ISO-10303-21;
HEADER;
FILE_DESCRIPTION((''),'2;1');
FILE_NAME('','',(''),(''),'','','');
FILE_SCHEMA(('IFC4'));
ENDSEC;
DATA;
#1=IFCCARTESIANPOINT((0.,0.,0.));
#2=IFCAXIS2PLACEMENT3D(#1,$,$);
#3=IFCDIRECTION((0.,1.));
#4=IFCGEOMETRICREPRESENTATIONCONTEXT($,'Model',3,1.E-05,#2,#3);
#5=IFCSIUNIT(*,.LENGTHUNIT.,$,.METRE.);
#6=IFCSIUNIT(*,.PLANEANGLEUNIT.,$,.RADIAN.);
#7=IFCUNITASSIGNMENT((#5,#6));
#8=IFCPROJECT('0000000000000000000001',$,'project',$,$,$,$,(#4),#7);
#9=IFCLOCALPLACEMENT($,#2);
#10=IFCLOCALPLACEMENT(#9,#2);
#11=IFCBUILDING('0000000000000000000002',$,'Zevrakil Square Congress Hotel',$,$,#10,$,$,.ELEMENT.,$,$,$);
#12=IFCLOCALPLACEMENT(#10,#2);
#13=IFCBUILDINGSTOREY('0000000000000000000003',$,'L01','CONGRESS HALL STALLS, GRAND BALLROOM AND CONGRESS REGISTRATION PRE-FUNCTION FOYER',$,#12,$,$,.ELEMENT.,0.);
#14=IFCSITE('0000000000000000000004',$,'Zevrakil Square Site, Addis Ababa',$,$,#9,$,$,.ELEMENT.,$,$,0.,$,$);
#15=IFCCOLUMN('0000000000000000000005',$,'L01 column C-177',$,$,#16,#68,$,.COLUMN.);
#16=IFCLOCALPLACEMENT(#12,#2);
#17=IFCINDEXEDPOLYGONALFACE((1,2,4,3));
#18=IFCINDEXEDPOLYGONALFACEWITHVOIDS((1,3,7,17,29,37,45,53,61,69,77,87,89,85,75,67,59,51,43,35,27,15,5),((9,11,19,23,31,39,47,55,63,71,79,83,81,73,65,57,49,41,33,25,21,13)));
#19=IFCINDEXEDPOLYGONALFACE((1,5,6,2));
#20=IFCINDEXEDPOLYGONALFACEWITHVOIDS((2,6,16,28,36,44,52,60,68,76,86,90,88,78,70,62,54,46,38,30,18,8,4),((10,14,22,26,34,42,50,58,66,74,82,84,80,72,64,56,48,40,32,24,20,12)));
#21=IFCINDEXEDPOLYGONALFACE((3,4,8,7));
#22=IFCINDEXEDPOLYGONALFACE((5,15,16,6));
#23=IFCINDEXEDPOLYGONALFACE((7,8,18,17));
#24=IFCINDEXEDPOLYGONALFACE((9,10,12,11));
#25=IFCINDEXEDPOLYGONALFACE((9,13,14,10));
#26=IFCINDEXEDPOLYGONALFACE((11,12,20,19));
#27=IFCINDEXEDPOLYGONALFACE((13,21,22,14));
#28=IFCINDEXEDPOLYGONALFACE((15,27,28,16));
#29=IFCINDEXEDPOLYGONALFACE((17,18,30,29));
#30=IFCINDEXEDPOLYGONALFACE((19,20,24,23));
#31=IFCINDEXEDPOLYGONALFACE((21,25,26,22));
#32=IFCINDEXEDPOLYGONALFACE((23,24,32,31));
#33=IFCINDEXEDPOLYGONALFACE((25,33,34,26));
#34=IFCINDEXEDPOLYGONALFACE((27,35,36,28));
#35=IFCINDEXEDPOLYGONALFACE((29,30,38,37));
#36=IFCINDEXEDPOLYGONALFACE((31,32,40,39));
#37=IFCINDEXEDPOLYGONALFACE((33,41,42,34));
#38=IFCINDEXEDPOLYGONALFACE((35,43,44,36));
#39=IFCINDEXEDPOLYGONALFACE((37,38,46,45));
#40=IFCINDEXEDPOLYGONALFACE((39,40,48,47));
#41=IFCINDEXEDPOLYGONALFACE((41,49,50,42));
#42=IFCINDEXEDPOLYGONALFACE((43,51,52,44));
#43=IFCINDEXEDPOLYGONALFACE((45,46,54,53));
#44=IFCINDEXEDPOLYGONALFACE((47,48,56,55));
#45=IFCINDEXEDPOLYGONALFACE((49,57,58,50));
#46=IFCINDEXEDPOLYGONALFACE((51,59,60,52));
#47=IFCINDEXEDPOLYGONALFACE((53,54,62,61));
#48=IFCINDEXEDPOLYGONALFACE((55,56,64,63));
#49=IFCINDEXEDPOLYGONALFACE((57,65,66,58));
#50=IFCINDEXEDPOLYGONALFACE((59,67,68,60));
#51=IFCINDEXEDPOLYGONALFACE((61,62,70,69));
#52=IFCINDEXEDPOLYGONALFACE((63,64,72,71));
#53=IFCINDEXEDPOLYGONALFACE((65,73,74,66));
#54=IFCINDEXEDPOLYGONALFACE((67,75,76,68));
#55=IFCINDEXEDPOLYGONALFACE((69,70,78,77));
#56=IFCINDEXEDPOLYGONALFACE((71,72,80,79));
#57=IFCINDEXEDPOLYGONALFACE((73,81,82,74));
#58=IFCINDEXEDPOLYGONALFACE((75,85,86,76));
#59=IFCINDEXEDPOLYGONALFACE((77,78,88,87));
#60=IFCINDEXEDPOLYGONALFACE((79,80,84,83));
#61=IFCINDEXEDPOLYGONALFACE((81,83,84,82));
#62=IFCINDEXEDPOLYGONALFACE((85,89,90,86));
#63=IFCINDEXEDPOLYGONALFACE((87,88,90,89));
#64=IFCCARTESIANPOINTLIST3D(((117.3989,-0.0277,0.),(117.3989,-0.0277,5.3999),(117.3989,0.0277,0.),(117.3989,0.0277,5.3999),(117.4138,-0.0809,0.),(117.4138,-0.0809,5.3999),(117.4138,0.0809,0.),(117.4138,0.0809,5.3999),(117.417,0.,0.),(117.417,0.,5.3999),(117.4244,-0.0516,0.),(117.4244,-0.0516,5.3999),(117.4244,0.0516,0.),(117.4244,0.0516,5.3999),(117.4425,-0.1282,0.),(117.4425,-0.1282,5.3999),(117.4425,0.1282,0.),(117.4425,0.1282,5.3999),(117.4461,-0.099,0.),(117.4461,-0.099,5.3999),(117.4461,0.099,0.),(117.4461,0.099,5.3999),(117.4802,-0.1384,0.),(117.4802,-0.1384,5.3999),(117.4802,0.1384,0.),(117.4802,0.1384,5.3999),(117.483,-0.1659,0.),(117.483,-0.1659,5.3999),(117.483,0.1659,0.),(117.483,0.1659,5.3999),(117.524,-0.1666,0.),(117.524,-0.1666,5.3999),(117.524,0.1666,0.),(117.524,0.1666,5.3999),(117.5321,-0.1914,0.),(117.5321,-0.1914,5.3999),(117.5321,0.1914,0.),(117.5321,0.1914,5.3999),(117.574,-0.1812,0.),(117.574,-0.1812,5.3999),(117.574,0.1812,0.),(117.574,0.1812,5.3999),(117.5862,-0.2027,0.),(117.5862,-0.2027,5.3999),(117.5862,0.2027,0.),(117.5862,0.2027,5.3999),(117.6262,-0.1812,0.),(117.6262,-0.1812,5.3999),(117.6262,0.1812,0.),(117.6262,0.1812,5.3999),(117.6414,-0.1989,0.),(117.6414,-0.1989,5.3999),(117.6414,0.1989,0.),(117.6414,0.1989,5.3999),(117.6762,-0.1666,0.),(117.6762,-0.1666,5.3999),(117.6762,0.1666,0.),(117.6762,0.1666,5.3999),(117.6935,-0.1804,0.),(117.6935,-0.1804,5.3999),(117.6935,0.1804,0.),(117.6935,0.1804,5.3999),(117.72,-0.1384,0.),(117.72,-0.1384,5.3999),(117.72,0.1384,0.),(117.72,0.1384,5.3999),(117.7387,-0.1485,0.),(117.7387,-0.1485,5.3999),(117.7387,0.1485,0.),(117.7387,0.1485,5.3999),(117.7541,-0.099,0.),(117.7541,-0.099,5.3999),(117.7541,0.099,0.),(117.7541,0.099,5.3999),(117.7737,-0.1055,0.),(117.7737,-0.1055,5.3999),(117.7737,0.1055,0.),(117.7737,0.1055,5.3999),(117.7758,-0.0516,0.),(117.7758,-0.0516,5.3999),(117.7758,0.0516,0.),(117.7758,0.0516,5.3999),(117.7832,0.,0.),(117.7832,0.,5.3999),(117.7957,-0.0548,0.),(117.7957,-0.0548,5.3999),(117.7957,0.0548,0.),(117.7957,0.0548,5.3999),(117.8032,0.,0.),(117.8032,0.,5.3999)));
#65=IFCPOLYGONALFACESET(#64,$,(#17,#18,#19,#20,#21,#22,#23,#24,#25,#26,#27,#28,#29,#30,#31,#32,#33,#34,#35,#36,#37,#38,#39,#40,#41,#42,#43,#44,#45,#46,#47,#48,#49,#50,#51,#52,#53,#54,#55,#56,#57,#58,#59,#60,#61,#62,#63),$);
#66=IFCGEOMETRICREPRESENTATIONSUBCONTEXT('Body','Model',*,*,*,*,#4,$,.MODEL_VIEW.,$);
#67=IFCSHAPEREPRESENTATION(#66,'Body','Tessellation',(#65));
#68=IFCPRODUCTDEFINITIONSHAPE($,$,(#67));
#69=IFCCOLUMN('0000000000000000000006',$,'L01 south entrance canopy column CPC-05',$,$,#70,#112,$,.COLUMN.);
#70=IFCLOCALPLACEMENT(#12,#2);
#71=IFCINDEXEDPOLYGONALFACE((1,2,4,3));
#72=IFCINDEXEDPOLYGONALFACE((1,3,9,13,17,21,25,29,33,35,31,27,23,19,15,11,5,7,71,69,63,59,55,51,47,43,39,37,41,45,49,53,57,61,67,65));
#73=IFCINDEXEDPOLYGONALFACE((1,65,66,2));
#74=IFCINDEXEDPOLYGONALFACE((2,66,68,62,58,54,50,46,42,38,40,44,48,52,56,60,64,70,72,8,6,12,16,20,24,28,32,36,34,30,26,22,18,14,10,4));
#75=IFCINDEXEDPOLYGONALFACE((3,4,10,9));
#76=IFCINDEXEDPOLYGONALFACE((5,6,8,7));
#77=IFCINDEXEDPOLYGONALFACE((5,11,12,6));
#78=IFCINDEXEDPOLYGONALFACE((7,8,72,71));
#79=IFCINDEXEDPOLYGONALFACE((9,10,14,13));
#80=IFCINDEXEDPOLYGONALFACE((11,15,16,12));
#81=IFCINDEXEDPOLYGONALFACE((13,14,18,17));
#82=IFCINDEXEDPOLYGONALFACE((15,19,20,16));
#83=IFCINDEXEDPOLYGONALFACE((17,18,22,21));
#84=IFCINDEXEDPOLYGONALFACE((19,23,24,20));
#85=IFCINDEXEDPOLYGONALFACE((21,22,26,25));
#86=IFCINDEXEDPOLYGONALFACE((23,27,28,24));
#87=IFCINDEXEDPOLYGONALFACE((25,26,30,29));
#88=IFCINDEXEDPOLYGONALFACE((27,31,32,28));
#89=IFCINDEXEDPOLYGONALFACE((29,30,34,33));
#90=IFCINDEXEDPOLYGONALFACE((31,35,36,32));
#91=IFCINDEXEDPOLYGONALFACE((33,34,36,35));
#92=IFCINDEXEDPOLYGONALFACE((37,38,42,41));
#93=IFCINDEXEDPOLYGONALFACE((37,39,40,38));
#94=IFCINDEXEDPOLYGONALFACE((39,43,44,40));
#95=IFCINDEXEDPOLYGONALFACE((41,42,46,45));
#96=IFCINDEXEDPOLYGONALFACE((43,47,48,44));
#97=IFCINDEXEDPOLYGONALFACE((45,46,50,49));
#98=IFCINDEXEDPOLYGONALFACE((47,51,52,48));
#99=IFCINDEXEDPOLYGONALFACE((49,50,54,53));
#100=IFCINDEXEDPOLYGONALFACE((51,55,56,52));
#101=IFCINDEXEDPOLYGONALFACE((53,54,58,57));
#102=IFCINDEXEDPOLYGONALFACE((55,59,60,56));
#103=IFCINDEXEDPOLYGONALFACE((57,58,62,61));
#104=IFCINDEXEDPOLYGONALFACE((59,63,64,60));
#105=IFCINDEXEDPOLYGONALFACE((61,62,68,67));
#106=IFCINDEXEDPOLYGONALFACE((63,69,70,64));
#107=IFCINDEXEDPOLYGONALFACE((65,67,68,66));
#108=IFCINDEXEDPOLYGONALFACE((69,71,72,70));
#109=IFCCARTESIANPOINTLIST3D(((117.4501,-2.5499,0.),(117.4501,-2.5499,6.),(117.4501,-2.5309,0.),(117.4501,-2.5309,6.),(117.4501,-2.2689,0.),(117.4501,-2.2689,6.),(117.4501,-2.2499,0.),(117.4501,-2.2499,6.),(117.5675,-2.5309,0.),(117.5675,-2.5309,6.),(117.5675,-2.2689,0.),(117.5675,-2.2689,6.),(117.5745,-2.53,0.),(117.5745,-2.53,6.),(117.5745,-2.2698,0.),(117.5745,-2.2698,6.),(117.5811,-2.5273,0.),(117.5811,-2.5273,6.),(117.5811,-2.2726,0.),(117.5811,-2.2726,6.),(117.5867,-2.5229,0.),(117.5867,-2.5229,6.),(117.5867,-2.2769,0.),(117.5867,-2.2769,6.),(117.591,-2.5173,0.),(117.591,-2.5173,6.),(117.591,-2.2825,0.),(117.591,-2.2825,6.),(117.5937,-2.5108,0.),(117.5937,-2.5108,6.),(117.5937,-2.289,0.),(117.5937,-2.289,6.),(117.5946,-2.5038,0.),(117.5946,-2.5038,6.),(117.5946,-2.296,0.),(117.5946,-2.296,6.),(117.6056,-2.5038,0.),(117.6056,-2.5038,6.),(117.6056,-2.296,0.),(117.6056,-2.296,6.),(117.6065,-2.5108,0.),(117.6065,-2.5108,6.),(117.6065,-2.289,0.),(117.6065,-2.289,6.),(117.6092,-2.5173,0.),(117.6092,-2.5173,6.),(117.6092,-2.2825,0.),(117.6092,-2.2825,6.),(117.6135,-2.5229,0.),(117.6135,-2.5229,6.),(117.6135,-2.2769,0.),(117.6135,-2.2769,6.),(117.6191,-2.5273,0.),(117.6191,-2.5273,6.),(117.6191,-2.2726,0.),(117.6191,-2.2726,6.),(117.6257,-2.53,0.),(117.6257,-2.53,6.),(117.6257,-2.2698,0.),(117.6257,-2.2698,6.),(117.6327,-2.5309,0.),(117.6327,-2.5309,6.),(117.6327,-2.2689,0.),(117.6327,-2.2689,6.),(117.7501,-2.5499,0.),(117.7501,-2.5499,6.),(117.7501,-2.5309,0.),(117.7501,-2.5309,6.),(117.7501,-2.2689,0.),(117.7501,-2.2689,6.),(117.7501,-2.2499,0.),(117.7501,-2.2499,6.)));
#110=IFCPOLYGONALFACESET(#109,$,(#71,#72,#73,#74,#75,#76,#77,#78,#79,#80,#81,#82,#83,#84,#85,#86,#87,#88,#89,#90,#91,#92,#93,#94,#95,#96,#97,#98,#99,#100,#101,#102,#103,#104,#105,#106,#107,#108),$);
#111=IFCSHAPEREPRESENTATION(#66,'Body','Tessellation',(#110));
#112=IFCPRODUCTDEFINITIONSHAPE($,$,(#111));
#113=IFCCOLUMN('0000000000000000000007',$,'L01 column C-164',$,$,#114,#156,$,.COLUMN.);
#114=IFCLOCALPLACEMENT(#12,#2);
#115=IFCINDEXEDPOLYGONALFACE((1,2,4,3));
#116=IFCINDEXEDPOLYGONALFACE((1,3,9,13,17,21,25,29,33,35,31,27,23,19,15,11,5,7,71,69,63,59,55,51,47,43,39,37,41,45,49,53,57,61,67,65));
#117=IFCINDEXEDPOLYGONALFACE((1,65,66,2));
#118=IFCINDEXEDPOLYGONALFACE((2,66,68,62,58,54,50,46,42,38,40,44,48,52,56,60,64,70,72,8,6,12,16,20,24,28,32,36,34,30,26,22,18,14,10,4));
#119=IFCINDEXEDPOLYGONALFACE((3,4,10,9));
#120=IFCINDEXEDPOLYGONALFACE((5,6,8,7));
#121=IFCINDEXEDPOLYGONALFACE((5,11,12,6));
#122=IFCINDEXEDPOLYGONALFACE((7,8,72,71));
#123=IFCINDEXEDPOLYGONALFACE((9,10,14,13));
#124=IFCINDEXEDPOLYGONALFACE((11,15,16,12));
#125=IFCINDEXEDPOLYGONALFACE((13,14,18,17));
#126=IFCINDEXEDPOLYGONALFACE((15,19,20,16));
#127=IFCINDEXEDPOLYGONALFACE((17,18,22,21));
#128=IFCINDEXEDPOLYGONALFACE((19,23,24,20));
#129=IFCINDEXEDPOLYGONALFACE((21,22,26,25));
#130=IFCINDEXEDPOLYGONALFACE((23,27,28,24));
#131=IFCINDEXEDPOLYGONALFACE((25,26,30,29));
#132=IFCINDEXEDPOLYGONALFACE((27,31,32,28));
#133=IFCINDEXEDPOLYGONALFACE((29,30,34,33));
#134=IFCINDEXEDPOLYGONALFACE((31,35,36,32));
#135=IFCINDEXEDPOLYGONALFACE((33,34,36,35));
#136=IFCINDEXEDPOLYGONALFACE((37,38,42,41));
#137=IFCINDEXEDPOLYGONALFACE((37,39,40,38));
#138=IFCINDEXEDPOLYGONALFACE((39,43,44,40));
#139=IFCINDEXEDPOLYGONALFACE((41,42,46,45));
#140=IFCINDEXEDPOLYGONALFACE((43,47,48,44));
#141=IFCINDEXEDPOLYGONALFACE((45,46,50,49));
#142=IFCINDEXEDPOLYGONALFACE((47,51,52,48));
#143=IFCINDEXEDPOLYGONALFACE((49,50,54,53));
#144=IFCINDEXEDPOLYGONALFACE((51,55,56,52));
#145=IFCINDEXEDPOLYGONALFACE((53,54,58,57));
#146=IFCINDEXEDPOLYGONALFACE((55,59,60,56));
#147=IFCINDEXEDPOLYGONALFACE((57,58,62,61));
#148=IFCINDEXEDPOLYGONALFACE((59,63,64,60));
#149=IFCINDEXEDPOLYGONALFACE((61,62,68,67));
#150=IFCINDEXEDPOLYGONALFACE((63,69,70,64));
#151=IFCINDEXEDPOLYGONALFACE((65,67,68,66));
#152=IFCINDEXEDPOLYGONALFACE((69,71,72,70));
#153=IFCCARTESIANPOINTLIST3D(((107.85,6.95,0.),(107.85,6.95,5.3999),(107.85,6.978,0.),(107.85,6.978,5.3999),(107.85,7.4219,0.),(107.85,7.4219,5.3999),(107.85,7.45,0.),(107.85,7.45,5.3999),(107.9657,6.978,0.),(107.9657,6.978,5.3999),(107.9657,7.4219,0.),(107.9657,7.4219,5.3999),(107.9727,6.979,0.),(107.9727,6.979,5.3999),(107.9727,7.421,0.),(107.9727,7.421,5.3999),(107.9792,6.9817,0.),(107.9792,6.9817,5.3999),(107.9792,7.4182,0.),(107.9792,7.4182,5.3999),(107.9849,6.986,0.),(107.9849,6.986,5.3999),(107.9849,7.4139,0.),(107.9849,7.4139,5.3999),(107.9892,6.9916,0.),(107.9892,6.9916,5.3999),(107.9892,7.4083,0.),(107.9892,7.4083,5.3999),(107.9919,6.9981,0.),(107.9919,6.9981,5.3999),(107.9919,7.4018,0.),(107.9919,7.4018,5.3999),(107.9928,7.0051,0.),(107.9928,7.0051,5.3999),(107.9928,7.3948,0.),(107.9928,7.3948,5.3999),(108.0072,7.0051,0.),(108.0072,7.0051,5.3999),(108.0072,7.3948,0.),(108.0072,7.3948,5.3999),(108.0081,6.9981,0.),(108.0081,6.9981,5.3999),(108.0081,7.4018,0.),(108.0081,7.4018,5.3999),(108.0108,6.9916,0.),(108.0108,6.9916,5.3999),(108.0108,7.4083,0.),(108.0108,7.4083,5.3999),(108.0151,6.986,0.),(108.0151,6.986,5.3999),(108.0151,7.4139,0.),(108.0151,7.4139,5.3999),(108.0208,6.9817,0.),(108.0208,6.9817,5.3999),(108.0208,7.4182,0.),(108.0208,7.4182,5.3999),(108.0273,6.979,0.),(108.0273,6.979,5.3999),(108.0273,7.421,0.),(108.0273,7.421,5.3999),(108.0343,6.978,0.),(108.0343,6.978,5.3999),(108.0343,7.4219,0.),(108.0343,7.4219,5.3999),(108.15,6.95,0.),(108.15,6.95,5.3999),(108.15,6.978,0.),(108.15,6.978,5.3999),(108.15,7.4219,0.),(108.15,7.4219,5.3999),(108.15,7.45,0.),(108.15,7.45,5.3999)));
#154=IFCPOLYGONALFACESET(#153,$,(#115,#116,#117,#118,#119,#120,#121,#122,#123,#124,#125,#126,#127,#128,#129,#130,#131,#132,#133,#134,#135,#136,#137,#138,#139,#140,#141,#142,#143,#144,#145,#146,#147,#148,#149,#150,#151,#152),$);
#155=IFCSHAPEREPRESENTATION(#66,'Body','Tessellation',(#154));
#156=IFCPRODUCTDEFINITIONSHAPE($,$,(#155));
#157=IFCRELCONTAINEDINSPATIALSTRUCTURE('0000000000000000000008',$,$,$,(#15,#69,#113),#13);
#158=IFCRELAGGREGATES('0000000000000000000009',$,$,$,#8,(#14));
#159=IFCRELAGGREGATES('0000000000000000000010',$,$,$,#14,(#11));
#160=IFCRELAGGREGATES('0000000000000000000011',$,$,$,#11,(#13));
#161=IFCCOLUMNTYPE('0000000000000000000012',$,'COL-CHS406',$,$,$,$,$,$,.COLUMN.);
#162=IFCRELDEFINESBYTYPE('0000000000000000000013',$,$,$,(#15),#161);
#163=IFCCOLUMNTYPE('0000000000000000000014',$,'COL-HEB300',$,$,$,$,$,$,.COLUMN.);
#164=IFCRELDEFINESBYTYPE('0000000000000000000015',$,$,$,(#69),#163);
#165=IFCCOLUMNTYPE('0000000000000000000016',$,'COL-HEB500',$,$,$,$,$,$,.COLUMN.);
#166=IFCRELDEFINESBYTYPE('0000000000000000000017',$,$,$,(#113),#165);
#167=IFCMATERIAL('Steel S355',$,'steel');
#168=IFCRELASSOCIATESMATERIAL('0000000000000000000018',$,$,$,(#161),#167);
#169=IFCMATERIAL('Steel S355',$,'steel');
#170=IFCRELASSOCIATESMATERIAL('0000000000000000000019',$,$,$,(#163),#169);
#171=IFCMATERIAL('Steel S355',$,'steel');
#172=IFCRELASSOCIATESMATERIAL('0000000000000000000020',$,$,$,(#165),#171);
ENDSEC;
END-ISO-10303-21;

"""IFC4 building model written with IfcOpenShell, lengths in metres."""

from ifc_helpers import new_model, si_unit, direction, frame, origin, origin_2d, place, context, subcontext, project, spatial, hollow_circle, i_section, extrude, material, material_profile, profile_set, type_object, element, save


model = new_model("IFC4")

# Units and contexts
model_context = context("Model", 3, precision=1e-05, world=origin(), true_north=direction((0.0, 1.0)))
body_context = subcontext(model_context, "Body", "Model", "MODEL_VIEW")
ifc_project = project(units=[si_unit("LENGTHUNIT", "METRE"), si_unit("PLANEANGLEUNIT", "RADIAN")], contexts=[model_context])

# Site, building, storey
site_placement = place(None, origin())
site = spatial("IfcSite", under=ifc_project, at=site_placement, Name="Zevrakil Square Site, Addis Ababa", CompositionType="ELEMENT", RefElevation=0.0)
building_placement = place(site_placement, origin())
building = spatial("IfcBuilding", under=site, at=building_placement, Name="Zevrakil Square Congress Hotel", CompositionType="ELEMENT")
storey_placement = place(building_placement, origin())
storey = spatial("IfcBuildingStorey", under=building, at=storey_placement, Name="L01", Description="CONGRESS HALL STALLS, GRAND BALLROOM AND CONGRESS REGISTRATION PRE-FUNCTION FOYER", CompositionType="ELEMENT", Elevation=0.0)

# Columns
ifc_material_1 = material(Name="Steel S355", Category="steel")
ifc_material_profile_1 = material_profile(ifc_material_1, hollow_circle(Radius=0.2031, WallThickness=0.02, at=origin_2d()), Name="CHS 406.4x20")
ifc_profile_set_1 = profile_set([ifc_material_profile_1], Name="Steel S355")
column_type_1 = type_object("IfcColumnType", Name="COL-CHS406", PredefinedType="COLUMN", material=ifc_profile_set_1)
column_1_placement = place(storey_placement, frame((117.6001, 0.0, 0.0), z_axis=(0.0, 0.0, 1.0), x_axis=(1.0, 0.0, 0.0)))
element("IfcColumn", 1, at=column_1_placement, inside=storey, type_object=column_type_1, Name="L01 column C-177", PredefinedType="COLUMN", context=body_context, shape_type="SweptSolid", body=[
    extrude(hollow_circle(Radius=0.2031, WallThickness=0.02, at=origin_2d()), origin(), (0.0, 0.0, 1.0), 5.3999),
])
ifc_material_2 = material(Name="Steel S355", Category="steel")
ifc_material_profile_2 = material_profile(ifc_material_2, i_section(OverallWidth=0.3, OverallDepth=0.3, WebThickness=0.011, FlangeThickness=0.019, FilletRadius=0.0271, at=origin_2d()), Name="HEB 300")
ifc_profile_set_2 = profile_set([ifc_material_profile_2], Name="Steel S355")
column_type_2 = type_object("IfcColumnType", Name="COL-HEB300", PredefinedType="COLUMN", material=ifc_profile_set_2)
column_2_placement = place(storey_placement, frame((117.6001, -2.3999, 0.0), z_axis=(0.0, 0.0, 1.0), x_axis=(1.0, 0.0, 0.0)))
element("IfcColumn", 2, at=column_2_placement, inside=storey, type_object=column_type_2, Name="L01 south entrance canopy column CPC-05", PredefinedType="COLUMN", context=body_context, shape_type="SweptSolid", body=[
    extrude(i_section(OverallWidth=0.3, OverallDepth=0.3, WebThickness=0.011, FlangeThickness=0.019, FilletRadius=0.0271, at=origin_2d()), origin(), (0.0, 0.0, 1.0), 6.0),
])
ifc_material_3 = material(Name="Steel S355", Category="steel")
ifc_material_profile_3 = material_profile(ifc_material_3, i_section(OverallWidth=0.3, OverallDepth=0.5, WebThickness=0.0144, FlangeThickness=0.0281, FilletRadius=0.0271, at=origin_2d()), Name="HEB 500")
ifc_profile_set_3 = profile_set([ifc_material_profile_3], Name="Steel S355")
column_type_3 = type_object("IfcColumnType", Name="COL-HEB500", PredefinedType="COLUMN", material=ifc_profile_set_3)
for number, where, z_axis, x_axis, name in (
    (3, (108.0, 7.2, 0.0), (0.0, 0.0, 1.0), (1.0, 0.0, 0.0), "L01 column C-164"),
):
    element("IfcColumn", number, at=place(storey_placement, frame(where, z_axis=z_axis, x_axis=x_axis)), inside=storey, type_object=column_type_3, Name=name, PredefinedType="COLUMN", context=body_context, shape_type="SweptSolid", body=[
        extrude(i_section(OverallWidth=0.3, OverallDepth=0.5, WebThickness=0.0144, FlangeThickness=0.0281, FilletRadius=0.0271, at=origin_2d()), origin(), (0.0, 0.0, 1.0), 5.3999),
    ])

save(model, "model.ifc")
